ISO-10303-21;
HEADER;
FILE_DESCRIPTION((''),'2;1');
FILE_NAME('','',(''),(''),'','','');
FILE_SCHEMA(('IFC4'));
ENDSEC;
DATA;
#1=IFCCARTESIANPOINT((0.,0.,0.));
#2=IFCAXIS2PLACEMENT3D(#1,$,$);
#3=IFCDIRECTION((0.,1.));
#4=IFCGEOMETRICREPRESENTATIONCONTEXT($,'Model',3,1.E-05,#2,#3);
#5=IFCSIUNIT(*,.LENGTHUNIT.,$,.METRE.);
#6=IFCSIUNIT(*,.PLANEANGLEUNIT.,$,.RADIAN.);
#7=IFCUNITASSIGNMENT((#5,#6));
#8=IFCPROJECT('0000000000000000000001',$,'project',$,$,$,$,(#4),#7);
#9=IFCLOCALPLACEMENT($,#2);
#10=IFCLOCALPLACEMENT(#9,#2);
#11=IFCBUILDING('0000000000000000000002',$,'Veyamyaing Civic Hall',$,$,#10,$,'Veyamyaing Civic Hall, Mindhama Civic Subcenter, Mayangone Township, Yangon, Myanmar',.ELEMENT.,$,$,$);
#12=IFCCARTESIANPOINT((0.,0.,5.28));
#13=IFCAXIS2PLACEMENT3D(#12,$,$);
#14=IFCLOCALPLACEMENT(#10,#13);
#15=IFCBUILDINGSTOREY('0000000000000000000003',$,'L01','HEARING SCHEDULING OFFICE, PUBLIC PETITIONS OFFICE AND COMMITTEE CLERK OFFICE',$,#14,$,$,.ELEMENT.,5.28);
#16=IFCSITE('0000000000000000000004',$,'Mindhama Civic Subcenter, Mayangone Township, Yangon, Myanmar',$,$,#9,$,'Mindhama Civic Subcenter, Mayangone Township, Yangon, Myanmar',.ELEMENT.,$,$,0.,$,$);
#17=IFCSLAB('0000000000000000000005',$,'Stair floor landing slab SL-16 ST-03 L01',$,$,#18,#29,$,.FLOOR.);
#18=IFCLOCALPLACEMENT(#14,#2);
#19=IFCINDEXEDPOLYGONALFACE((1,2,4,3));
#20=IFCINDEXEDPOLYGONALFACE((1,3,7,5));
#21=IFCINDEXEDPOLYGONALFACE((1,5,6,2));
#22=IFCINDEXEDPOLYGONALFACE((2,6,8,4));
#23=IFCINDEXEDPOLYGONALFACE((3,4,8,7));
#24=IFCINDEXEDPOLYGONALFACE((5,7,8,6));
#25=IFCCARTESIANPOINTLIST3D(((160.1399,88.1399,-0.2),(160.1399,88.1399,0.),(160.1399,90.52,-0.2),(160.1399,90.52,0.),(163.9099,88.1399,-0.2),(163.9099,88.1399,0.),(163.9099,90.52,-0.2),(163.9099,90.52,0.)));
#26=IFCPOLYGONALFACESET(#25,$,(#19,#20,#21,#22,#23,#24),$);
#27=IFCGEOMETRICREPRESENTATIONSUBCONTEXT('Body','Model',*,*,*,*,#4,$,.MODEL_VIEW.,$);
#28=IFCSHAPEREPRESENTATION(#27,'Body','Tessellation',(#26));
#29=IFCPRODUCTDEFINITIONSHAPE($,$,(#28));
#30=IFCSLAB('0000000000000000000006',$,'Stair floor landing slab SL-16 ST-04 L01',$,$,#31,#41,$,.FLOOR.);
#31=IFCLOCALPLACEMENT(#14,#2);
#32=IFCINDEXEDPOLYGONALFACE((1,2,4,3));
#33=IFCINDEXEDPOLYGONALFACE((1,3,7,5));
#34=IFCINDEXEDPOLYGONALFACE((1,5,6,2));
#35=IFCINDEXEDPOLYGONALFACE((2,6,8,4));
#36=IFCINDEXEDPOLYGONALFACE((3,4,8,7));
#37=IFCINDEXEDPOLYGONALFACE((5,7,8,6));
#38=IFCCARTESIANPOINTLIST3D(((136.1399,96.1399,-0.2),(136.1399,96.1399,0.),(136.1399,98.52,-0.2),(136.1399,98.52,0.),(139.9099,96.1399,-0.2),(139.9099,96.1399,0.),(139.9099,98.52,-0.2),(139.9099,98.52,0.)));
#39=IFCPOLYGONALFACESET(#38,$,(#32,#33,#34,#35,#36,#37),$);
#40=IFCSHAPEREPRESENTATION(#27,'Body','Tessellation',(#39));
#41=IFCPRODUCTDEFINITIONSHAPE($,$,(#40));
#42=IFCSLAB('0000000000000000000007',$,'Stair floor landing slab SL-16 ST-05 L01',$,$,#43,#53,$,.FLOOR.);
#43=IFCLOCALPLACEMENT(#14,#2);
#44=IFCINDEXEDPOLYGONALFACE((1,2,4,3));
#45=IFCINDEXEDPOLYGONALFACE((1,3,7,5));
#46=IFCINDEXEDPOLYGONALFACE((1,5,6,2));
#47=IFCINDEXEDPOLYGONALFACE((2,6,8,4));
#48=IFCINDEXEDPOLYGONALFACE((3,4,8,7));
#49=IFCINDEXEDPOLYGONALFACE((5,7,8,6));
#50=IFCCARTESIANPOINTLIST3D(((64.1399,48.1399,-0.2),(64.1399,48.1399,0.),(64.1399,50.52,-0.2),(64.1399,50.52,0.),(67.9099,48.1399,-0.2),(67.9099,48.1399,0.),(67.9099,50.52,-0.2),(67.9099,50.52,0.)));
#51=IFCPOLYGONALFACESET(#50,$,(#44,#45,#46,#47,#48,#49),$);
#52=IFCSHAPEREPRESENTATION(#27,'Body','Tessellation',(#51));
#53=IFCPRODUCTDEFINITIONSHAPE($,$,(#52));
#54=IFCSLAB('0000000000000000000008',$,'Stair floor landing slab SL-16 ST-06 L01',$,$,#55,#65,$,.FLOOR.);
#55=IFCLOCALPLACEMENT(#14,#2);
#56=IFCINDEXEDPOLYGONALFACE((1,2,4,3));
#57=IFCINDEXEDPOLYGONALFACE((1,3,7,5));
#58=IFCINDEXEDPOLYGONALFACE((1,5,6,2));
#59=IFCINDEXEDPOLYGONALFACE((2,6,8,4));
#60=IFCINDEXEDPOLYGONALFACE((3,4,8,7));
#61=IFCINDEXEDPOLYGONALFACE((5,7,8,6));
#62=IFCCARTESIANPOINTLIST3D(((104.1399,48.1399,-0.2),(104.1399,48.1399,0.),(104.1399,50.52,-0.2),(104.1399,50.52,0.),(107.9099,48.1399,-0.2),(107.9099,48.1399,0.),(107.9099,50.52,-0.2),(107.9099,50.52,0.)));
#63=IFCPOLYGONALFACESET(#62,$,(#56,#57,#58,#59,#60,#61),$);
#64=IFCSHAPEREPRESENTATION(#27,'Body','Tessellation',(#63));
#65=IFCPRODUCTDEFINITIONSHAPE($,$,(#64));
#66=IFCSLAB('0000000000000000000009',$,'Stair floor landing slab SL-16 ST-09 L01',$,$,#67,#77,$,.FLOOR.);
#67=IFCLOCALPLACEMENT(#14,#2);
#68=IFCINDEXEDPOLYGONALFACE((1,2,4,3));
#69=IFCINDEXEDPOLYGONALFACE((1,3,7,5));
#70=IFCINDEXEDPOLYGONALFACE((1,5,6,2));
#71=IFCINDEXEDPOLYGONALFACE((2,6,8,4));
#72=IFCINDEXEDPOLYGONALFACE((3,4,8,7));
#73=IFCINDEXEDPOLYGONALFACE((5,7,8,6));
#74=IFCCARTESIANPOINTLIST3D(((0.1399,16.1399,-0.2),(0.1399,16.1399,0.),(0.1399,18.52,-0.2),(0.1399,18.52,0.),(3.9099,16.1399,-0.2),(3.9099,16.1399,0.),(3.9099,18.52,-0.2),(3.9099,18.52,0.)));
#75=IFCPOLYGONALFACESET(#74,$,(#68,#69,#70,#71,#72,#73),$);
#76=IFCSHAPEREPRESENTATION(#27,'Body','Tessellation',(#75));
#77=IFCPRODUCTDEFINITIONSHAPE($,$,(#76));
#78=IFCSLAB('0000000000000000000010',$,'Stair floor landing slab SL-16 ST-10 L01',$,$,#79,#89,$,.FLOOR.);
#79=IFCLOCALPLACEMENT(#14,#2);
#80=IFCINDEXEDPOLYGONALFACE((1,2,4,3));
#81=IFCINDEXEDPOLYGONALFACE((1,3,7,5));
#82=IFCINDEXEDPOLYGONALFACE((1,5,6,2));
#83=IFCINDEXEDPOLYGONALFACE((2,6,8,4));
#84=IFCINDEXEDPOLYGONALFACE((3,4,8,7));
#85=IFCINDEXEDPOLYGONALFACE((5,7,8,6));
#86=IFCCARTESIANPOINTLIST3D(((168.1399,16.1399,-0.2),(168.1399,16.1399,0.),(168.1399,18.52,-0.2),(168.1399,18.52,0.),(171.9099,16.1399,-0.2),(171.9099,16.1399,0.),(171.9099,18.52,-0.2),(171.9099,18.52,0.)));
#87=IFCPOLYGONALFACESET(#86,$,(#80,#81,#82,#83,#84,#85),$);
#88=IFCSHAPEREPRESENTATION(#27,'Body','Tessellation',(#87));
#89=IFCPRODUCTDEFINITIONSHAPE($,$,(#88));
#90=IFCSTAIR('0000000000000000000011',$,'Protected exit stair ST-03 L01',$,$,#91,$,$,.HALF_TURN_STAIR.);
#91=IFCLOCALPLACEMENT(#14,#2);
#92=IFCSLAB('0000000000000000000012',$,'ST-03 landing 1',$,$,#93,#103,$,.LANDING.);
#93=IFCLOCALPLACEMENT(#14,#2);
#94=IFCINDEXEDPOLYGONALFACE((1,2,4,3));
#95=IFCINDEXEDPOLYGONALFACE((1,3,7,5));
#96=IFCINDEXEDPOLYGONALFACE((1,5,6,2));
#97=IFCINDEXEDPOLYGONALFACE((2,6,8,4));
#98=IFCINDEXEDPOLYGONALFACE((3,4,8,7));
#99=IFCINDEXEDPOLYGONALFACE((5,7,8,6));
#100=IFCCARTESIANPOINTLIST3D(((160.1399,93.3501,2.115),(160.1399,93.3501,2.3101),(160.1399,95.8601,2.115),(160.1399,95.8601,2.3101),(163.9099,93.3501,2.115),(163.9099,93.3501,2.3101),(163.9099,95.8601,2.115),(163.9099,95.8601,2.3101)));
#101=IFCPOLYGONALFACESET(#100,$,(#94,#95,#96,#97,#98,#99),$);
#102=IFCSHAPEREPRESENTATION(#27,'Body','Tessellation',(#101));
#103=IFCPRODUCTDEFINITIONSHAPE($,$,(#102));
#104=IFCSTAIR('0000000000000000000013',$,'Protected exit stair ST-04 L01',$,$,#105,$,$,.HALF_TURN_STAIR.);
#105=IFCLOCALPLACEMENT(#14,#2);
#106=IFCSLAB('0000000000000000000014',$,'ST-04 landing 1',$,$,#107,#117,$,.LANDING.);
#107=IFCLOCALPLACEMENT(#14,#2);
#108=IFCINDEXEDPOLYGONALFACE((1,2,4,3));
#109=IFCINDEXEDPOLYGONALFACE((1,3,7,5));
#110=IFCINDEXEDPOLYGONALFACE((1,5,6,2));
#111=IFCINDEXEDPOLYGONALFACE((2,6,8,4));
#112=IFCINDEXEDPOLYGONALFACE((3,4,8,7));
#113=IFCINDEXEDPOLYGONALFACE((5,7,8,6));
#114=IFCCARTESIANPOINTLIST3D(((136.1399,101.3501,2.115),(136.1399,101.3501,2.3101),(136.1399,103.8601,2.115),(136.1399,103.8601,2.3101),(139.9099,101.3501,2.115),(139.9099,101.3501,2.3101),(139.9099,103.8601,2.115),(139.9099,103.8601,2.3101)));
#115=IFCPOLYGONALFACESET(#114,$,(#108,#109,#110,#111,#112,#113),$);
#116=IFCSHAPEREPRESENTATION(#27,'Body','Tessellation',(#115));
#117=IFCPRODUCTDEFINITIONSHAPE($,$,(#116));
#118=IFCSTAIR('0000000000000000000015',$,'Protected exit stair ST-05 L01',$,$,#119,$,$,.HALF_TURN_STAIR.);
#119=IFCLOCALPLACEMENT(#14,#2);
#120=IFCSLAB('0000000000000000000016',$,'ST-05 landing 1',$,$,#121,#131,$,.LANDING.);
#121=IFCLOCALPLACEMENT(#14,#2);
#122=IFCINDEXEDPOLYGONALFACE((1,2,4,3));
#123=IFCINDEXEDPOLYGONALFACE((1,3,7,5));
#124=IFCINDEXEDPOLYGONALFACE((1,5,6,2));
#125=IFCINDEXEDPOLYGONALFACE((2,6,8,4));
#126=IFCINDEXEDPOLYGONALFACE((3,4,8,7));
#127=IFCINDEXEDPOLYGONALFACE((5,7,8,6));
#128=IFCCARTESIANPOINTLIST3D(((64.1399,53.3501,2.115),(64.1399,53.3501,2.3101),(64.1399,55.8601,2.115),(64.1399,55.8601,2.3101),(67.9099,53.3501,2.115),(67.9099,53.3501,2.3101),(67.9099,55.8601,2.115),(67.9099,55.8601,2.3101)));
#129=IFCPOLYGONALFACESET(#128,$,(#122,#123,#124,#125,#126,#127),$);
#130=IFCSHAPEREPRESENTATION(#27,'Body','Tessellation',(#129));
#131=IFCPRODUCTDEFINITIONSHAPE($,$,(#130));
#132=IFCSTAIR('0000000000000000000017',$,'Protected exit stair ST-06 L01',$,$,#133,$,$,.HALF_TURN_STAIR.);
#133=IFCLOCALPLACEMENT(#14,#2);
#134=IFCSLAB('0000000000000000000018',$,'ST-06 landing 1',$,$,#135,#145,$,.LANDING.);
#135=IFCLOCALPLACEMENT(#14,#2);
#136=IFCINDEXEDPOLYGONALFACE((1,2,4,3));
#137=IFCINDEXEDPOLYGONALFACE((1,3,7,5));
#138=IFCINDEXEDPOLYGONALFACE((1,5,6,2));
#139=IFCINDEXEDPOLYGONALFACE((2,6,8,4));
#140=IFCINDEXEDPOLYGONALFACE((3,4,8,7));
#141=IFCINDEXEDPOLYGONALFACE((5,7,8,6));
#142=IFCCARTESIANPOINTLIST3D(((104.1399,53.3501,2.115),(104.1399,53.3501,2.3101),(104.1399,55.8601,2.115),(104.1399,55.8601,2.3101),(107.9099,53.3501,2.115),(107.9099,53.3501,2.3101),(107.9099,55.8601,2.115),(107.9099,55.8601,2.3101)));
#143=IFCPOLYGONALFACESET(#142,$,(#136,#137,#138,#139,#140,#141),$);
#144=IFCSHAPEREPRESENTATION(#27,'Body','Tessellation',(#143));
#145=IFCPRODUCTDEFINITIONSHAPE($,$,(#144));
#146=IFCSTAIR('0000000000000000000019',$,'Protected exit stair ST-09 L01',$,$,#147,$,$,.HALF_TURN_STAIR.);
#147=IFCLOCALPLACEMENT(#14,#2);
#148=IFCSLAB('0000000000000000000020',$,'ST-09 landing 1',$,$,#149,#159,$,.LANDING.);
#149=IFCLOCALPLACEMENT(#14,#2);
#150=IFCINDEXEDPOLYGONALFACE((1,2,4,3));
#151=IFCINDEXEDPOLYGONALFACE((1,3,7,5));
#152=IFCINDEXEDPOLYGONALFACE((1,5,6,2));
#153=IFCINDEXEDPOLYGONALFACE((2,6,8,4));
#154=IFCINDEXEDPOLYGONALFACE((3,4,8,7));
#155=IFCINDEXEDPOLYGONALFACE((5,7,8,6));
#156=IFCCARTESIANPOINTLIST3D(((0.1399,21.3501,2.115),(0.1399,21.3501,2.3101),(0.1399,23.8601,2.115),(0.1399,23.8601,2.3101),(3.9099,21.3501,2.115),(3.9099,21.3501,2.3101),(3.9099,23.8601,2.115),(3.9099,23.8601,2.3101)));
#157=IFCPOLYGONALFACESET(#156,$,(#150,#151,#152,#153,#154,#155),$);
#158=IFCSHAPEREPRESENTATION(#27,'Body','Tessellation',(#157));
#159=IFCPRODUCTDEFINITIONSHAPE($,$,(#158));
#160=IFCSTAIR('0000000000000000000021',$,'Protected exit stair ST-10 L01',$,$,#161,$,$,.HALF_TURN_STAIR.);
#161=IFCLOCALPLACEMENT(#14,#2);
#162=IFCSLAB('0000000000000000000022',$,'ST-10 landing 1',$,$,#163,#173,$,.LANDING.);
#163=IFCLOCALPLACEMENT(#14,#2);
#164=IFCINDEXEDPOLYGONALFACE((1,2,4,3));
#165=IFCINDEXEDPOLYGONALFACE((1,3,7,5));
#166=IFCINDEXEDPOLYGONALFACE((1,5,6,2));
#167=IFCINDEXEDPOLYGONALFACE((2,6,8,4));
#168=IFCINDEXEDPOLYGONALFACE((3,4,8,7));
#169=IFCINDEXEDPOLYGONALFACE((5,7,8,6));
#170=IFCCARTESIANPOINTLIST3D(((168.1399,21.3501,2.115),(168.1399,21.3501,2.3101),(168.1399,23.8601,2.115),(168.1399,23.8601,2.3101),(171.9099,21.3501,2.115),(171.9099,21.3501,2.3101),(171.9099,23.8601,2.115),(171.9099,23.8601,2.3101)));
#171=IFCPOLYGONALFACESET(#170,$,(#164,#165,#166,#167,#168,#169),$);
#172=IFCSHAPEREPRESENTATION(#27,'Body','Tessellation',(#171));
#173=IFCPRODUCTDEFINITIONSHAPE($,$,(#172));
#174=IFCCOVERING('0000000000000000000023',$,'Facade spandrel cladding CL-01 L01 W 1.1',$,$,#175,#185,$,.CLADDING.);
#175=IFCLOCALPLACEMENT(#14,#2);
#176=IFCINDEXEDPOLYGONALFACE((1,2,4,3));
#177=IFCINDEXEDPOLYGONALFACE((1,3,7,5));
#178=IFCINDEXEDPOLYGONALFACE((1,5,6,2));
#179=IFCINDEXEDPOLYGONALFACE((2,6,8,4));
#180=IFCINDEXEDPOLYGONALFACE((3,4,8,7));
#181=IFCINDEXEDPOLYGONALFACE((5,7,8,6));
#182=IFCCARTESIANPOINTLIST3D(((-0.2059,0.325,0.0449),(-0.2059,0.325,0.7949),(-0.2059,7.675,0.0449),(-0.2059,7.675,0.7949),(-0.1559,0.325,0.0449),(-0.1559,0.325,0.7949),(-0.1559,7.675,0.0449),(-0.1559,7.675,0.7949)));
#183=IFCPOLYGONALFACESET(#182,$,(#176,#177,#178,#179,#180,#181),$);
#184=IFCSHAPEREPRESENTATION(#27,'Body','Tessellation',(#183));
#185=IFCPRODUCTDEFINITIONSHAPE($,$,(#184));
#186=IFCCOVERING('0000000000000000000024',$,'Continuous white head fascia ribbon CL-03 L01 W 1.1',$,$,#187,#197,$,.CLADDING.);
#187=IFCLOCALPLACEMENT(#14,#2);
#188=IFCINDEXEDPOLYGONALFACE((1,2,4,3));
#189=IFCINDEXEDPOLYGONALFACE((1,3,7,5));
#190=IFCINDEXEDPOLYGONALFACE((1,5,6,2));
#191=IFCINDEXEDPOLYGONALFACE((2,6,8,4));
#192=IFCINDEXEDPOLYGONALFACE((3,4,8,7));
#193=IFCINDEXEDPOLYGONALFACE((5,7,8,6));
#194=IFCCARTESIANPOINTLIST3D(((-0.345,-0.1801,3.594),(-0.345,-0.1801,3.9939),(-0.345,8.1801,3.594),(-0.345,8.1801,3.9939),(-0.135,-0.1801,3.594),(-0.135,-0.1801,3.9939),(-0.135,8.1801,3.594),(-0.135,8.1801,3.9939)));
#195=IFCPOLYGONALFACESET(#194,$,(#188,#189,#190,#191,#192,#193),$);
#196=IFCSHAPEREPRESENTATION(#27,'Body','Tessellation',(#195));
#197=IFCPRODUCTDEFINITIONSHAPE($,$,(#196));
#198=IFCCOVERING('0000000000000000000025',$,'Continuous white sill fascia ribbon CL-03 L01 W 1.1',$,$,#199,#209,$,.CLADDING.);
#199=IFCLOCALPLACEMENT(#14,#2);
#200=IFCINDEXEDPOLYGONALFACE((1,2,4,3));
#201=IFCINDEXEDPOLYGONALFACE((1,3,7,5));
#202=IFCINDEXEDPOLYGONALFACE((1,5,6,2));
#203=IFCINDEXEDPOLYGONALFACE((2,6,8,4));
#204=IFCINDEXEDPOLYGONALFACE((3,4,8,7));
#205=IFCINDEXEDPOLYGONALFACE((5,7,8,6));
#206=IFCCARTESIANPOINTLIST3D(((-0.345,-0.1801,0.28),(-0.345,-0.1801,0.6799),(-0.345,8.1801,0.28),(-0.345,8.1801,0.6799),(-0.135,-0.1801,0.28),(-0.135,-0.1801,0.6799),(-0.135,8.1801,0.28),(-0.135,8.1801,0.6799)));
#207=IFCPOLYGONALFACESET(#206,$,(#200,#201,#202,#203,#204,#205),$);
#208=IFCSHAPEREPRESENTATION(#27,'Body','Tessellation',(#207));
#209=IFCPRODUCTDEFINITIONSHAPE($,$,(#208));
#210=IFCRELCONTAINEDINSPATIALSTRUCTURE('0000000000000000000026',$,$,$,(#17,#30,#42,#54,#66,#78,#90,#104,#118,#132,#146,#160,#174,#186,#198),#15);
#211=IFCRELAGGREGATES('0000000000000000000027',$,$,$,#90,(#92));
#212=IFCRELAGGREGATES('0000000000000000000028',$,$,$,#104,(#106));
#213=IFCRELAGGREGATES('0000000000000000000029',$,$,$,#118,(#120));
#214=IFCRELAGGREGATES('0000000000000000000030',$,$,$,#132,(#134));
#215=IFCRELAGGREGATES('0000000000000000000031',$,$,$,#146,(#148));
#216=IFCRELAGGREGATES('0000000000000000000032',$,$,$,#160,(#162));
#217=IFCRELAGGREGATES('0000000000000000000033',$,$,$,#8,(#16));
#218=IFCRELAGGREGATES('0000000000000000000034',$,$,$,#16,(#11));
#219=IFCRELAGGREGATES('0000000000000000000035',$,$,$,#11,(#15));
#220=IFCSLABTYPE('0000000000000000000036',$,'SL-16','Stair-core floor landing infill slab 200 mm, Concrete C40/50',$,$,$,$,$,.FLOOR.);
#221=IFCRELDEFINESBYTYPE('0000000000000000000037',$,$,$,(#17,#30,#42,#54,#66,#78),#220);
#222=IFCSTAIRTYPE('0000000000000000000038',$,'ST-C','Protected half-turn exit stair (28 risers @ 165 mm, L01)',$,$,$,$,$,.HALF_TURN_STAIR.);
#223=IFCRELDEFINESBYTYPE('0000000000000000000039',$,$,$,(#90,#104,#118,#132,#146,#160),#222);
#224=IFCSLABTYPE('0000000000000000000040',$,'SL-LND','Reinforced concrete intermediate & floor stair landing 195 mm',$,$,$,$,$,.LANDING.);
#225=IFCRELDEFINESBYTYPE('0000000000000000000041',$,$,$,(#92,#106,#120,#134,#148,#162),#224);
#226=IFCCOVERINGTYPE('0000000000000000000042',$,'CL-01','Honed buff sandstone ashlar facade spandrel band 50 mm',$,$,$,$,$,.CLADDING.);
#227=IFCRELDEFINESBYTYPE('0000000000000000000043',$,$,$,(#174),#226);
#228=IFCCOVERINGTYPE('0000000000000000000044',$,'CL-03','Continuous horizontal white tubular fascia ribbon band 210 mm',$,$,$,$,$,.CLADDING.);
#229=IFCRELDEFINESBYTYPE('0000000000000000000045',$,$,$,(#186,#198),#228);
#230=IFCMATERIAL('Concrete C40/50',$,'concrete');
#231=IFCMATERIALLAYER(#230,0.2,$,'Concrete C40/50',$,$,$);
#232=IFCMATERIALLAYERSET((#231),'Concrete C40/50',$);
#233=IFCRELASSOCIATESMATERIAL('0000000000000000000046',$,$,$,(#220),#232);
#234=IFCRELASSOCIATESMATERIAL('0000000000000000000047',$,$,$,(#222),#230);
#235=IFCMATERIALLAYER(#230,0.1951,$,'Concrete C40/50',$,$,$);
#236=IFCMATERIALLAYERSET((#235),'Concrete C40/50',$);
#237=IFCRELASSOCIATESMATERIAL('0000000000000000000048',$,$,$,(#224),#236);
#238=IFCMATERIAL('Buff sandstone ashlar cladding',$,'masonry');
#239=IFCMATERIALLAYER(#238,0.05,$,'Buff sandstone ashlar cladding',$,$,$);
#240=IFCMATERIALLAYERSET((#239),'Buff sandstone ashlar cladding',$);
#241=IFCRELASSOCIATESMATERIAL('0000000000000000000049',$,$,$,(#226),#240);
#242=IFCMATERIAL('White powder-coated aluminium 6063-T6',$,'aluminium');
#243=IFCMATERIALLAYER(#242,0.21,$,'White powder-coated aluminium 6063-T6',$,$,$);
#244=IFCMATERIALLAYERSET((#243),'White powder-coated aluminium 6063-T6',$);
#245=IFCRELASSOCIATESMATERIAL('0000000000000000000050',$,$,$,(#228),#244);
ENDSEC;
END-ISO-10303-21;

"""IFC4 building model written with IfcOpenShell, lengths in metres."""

from ifc_helpers import new_model, si_unit, direction, frame, origin, origin_2d, place, context, subcontext, project, spatial, polyline, rectangle, outline, extrude, material, layer, layer_set, type_object, element, aggregate, save


model = new_model("IFC4")

# Units and contexts
model_context = context("Model", 3, precision=1e-05, world=origin(), true_north=direction((0.0, 1.0)))
body_context = subcontext(model_context, "Body", "Model", "MODEL_VIEW")
ifc_project = project(units=[si_unit("LENGTHUNIT", "METRE"), si_unit("PLANEANGLEUNIT", "RADIAN")], contexts=[model_context])

# Site, building, storey
site_placement = place(None, origin())
site = spatial("IfcSite", under=ifc_project, at=site_placement, Name="Mindhama Civic Subcenter, Mayangone Township, Yangon, Myanmar", LongName="Mindhama Civic Subcenter, Mayangone Township, Yangon, Myanmar", CompositionType="ELEMENT", RefElevation=0.0)
building_placement = place(site_placement, origin())
building = spatial("IfcBuilding", under=site, at=building_placement, Name="Veyamyaing Civic Hall", LongName="Veyamyaing Civic Hall, Mindhama Civic Subcenter, Mayangone Township, Yangon, Myanmar", CompositionType="ELEMENT")
storey_placement = place(building_placement, frame((0.0, 0.0, 5.28)))
storey = spatial("IfcBuildingStorey", under=building, at=storey_placement, Name="L01", Description="HEARING SCHEDULING OFFICE, PUBLIC PETITIONS OFFICE AND COMMITTEE CLERK OFFICE", CompositionType="ELEMENT", Elevation=5.28)

# Slabs
ifc_material_1 = material(Name="Concrete C40/50", Category="concrete")
ifc_layer_1 = layer(ifc_material_1, 0.2, Name="Concrete C40/50")
ifc_layer_set_1 = layer_set([ifc_layer_1], Name="Concrete C40/50")
slab_type_1 = type_object("IfcSlabType", Name="SL-16", Description="Stair-core floor landing infill slab 200 mm, Concrete C40/50", PredefinedType="FLOOR", material=ifc_layer_set_1)
slab_1_placement = place(storey_placement, frame((0.0, 0.0, -0.2)))
element("IfcSlab", 1, at=slab_1_placement, inside=storey, type_object=slab_type_1, Name="Stair floor landing slab SL-16 ST-03 L01", PredefinedType="FLOOR", context=body_context, shape_type="SweptSolid", body=[
    extrude(outline(polyline([(160.1399, 88.1399), (163.9099, 88.1399), (163.9099, 90.52), (160.1399, 90.52), (160.1399, 88.1399)])), origin(), (0.0, 0.0, 1.0), 0.2),
])
slab_2_placement = place(storey_placement, frame((0.0, 0.0, -0.2)))
element("IfcSlab", 2, at=slab_2_placement, inside=storey, type_object=slab_type_1, Name="Stair floor landing slab SL-16 ST-04 L01", PredefinedType="FLOOR", context=body_context, shape_type="SweptSolid", body=[
    extrude(outline(polyline([(136.1399, 96.1399), (139.9099, 96.1399), (139.9099, 98.52), (136.1399, 98.52), (136.1399, 96.1399)])), origin(), (0.0, 0.0, 1.0), 0.2),
])
slab_3_placement = place(storey_placement, frame((0.0, 0.0, -0.2)))
element("IfcSlab", 3, at=slab_3_placement, inside=storey, type_object=slab_type_1, Name="Stair floor landing slab SL-16 ST-05 L01", PredefinedType="FLOOR", context=body_context, shape_type="SweptSolid", body=[
    extrude(outline(polyline([(64.1399, 48.1399), (67.9099, 48.1399), (67.9099, 50.52), (64.1399, 50.52), (64.1399, 48.1399)])), origin(), (0.0, 0.0, 1.0), 0.2),
])
slab_4_placement = place(storey_placement, frame((0.0, 0.0, -0.2)))
element("IfcSlab", 4, at=slab_4_placement, inside=storey, type_object=slab_type_1, Name="Stair floor landing slab SL-16 ST-06 L01", PredefinedType="FLOOR", context=body_context, shape_type="SweptSolid", body=[
    extrude(outline(polyline([(104.1399, 48.1399), (107.9099, 48.1399), (107.9099, 50.52), (104.1399, 50.52), (104.1399, 48.1399)])), origin(), (0.0, 0.0, 1.0), 0.2),
])
slab_5_placement = place(storey_placement, frame((0.0, 0.0, -0.2)))
element("IfcSlab", 5, at=slab_5_placement, inside=storey, type_object=slab_type_1, Name="Stair floor landing slab SL-16 ST-09 L01", PredefinedType="FLOOR", context=body_context, shape_type="SweptSolid", body=[
    extrude(outline(polyline([(0.1399, 16.1399), (3.9099, 16.1399), (3.9099, 18.52), (0.1399, 18.52), (0.1399, 16.1399)])), origin(), (0.0, 0.0, 1.0), 0.2),
])
slab_6_placement = place(storey_placement, frame((0.0, 0.0, -0.2)))
element("IfcSlab", 6, at=slab_6_placement, inside=storey, type_object=slab_type_1, Name="Stair floor landing slab SL-16 ST-10 L01", PredefinedType="FLOOR", context=body_context, shape_type="SweptSolid", body=[
    extrude(outline(polyline([(168.1399, 16.1399), (171.9099, 16.1399), (171.9099, 18.52), (168.1399, 18.52), (168.1399, 16.1399)])), origin(), (0.0, 0.0, 1.0), 0.2),
])

# Stairs, slabs
stair_type = type_object("IfcStairType", Name="ST-C", Description="Protected half-turn exit stair (28 risers @ 165 mm, L01)", PredefinedType="HALF_TURN_STAIR", material=ifc_material_1)
stair_1_placement = place(storey_placement, origin())
stair_1 = element("IfcStair", 7, at=stair_1_placement, inside=storey, type_object=stair_type, Name="Protected exit stair ST-03 L01", PredefinedType="HALF_TURN_STAIR")
ifc_layer_2 = layer(ifc_material_1, 0.1951, Name="Concrete C40/50")
ifc_layer_set_2 = layer_set([ifc_layer_2], Name="Concrete C40/50")
slab_type_2 = type_object("IfcSlabType", Name="SL-LND", Description="Reinforced concrete intermediate & floor stair landing 195 mm", PredefinedType="LANDING", material=ifc_layer_set_2)
slab_7_placement = place(storey_placement, frame((0.0, 0.0, 2.115)))
slab_7 = element("IfcSlab", 8, at=slab_7_placement, type_object=slab_type_2, Name="ST-03 landing 1", PredefinedType="LANDING", context=body_context, shape_type="SweptSolid", body=[
    extrude(outline(polyline([(160.1399, 93.3501), (163.9099, 93.3501), (163.9099, 95.8601), (160.1399, 95.8601), (160.1399, 93.3501)])), origin(), (0.0, 0.0, 1.0), 0.1951),
])
aggregate(stair_1, [slab_7])
stair_2_placement = place(storey_placement, origin())
stair_2 = element("IfcStair", 9, at=stair_2_placement, inside=storey, type_object=stair_type, Name="Protected exit stair ST-04 L01", PredefinedType="HALF_TURN_STAIR")
slab_8_placement = place(storey_placement, frame((0.0, 0.0, 2.115)))
slab_8 = element("IfcSlab", 10, at=slab_8_placement, type_object=slab_type_2, Name="ST-04 landing 1", PredefinedType="LANDING", context=body_context, shape_type="SweptSolid", body=[
    extrude(outline(polyline([(136.1399, 101.3501), (139.9099, 101.3501), (139.9099, 103.8601), (136.1399, 103.8601), (136.1399, 101.3501)])), origin(), (0.0, 0.0, 1.0), 0.1951),
])
aggregate(stair_2, [slab_8])
stair_3_placement = place(storey_placement, origin())
stair_3 = element("IfcStair", 11, at=stair_3_placement, inside=storey, type_object=stair_type, Name="Protected exit stair ST-05 L01", PredefinedType="HALF_TURN_STAIR")
slab_9_placement = place(storey_placement, frame((0.0, 0.0, 2.115)))
slab_9 = element("IfcSlab", 12, at=slab_9_placement, type_object=slab_type_2, Name="ST-05 landing 1", PredefinedType="LANDING", context=body_context, shape_type="SweptSolid", body=[
    extrude(outline(polyline([(64.1399, 53.3501), (67.9099, 53.3501), (67.9099, 55.8601), (64.1399, 55.8601), (64.1399, 53.3501)])), origin(), (0.0, 0.0, 1.0), 0.1951),
])
aggregate(stair_3, [slab_9])
stair_4_placement = place(storey_placement, origin())
stair_4 = element("IfcStair", 13, at=stair_4_placement, inside=storey, type_object=stair_type, Name="Protected exit stair ST-06 L01", PredefinedType="HALF_TURN_STAIR")
slab_10_placement = place(storey_placement, frame((0.0, 0.0, 2.115)))
slab_10 = element("IfcSlab", 14, at=slab_10_placement, type_object=slab_type_2, Name="ST-06 landing 1", PredefinedType="LANDING", context=body_context, shape_type="SweptSolid", body=[
    extrude(outline(polyline([(104.1399, 53.3501), (107.9099, 53.3501), (107.9099, 55.8601), (104.1399, 55.8601), (104.1399, 53.3501)])), origin(), (0.0, 0.0, 1.0), 0.1951),
])
aggregate(stair_4, [slab_10])
stair_5_placement = place(storey_placement, origin())
stair_5 = element("IfcStair", 15, at=stair_5_placement, inside=storey, type_object=stair_type, Name="Protected exit stair ST-09 L01", PredefinedType="HALF_TURN_STAIR")
slab_11_placement = place(storey_placement, frame((0.0, 0.0, 2.115)))
slab_11 = element("IfcSlab", 16, at=slab_11_placement, type_object=slab_type_2, Name="ST-09 landing 1", PredefinedType="LANDING", context=body_context, shape_type="SweptSolid", body=[
    extrude(outline(polyline([(0.1399, 21.3501), (3.9099, 21.3501), (3.9099, 23.8601), (0.1399, 23.8601), (0.1399, 21.3501)])), origin(), (0.0, 0.0, 1.0), 0.1951),
])
aggregate(stair_5, [slab_11])
stair_6_placement = place(storey_placement, origin())
stair_6 = element("IfcStair", 17, at=stair_6_placement, inside=storey, type_object=stair_type, Name="Protected exit stair ST-10 L01", PredefinedType="HALF_TURN_STAIR")
slab_12_placement = place(storey_placement, frame((0.0, 0.0, 2.115)))
slab_12 = element("IfcSlab", 18, at=slab_12_placement, type_object=slab_type_2, Name="ST-10 landing 1", PredefinedType="LANDING", context=body_context, shape_type="SweptSolid", body=[
    extrude(outline(polyline([(168.1399, 21.3501), (171.9099, 21.3501), (171.9099, 23.8601), (168.1399, 23.8601), (168.1399, 21.3501)])), origin(), (0.0, 0.0, 1.0), 0.1951),
])
aggregate(stair_6, [slab_12])

# Coverings
ifc_material_2 = material(Name="Buff sandstone ashlar cladding", Category="masonry")
ifc_layer_3 = layer(ifc_material_2, 0.05, Name="Buff sandstone ashlar cladding")
ifc_layer_set_3 = layer_set([ifc_layer_3], Name="Buff sandstone ashlar cladding")
covering_type_1 = type_object("IfcCoveringType", Name="CL-01", Description="Honed buff sandstone ashlar facade spandrel band 50 mm", PredefinedType="CLADDING", material=ifc_layer_set_3)
covering_placement = place(storey_placement, frame((-0.1809, 4.0, 0.0449), z_axis=(0.0, 0.0, 1.0), x_axis=(0.0, 1.0, 0.0)))
element("IfcCovering", 19, at=covering_placement, inside=storey, type_object=covering_type_1, Name="Facade spandrel cladding CL-01 L01 W 1.1", PredefinedType="CLADDING", context=body_context, shape_type="SweptSolid", body=[
    extrude(rectangle(XDim=7.3501, YDim=0.05, at=origin_2d()), origin(), (0.0, 0.0, 1.0), 0.75),
])
ifc_material_3 = material(Name="White powder-coated aluminium 6063-T6", Category="aluminium")
ifc_layer_4 = layer(ifc_material_3, 0.21, Name="White powder-coated aluminium 6063-T6")
ifc_layer_set_4 = layer_set([ifc_layer_4], Name="White powder-coated aluminium 6063-T6")
covering_type_2 = type_object("IfcCoveringType", Name="CL-03", Description="Continuous horizontal white tubular fascia ribbon band 210 mm", PredefinedType="CLADDING", material=ifc_layer_set_4)
for number, where, z_axis, x_axis, name in (
    (20, (-0.24, 4.0, 3.594), (0.0, 0.0, 1.0), (0.0, 1.0, 0.0), "Continuous white head fascia ribbon CL-03 L01 W 1.1"),
    (21, (-0.24, 4.0, 0.28), (0.0, 0.0, 1.0), (0.0, 1.0, 0.0), "Continuous white sill fascia ribbon CL-03 L01 W 1.1"),
):
    element("IfcCovering", number, at=place(storey_placement, frame(where, z_axis=z_axis, x_axis=x_axis)), inside=storey, type_object=covering_type_2, Name=name, PredefinedType="CLADDING", context=body_context, shape_type="SweptSolid", body=[
        extrude(rectangle(XDim=8.3601, YDim=0.21, at=origin_2d()), origin(), (0.0, 0.0, 1.0), 0.3999),
    ])

save(model, "model.ifc")
